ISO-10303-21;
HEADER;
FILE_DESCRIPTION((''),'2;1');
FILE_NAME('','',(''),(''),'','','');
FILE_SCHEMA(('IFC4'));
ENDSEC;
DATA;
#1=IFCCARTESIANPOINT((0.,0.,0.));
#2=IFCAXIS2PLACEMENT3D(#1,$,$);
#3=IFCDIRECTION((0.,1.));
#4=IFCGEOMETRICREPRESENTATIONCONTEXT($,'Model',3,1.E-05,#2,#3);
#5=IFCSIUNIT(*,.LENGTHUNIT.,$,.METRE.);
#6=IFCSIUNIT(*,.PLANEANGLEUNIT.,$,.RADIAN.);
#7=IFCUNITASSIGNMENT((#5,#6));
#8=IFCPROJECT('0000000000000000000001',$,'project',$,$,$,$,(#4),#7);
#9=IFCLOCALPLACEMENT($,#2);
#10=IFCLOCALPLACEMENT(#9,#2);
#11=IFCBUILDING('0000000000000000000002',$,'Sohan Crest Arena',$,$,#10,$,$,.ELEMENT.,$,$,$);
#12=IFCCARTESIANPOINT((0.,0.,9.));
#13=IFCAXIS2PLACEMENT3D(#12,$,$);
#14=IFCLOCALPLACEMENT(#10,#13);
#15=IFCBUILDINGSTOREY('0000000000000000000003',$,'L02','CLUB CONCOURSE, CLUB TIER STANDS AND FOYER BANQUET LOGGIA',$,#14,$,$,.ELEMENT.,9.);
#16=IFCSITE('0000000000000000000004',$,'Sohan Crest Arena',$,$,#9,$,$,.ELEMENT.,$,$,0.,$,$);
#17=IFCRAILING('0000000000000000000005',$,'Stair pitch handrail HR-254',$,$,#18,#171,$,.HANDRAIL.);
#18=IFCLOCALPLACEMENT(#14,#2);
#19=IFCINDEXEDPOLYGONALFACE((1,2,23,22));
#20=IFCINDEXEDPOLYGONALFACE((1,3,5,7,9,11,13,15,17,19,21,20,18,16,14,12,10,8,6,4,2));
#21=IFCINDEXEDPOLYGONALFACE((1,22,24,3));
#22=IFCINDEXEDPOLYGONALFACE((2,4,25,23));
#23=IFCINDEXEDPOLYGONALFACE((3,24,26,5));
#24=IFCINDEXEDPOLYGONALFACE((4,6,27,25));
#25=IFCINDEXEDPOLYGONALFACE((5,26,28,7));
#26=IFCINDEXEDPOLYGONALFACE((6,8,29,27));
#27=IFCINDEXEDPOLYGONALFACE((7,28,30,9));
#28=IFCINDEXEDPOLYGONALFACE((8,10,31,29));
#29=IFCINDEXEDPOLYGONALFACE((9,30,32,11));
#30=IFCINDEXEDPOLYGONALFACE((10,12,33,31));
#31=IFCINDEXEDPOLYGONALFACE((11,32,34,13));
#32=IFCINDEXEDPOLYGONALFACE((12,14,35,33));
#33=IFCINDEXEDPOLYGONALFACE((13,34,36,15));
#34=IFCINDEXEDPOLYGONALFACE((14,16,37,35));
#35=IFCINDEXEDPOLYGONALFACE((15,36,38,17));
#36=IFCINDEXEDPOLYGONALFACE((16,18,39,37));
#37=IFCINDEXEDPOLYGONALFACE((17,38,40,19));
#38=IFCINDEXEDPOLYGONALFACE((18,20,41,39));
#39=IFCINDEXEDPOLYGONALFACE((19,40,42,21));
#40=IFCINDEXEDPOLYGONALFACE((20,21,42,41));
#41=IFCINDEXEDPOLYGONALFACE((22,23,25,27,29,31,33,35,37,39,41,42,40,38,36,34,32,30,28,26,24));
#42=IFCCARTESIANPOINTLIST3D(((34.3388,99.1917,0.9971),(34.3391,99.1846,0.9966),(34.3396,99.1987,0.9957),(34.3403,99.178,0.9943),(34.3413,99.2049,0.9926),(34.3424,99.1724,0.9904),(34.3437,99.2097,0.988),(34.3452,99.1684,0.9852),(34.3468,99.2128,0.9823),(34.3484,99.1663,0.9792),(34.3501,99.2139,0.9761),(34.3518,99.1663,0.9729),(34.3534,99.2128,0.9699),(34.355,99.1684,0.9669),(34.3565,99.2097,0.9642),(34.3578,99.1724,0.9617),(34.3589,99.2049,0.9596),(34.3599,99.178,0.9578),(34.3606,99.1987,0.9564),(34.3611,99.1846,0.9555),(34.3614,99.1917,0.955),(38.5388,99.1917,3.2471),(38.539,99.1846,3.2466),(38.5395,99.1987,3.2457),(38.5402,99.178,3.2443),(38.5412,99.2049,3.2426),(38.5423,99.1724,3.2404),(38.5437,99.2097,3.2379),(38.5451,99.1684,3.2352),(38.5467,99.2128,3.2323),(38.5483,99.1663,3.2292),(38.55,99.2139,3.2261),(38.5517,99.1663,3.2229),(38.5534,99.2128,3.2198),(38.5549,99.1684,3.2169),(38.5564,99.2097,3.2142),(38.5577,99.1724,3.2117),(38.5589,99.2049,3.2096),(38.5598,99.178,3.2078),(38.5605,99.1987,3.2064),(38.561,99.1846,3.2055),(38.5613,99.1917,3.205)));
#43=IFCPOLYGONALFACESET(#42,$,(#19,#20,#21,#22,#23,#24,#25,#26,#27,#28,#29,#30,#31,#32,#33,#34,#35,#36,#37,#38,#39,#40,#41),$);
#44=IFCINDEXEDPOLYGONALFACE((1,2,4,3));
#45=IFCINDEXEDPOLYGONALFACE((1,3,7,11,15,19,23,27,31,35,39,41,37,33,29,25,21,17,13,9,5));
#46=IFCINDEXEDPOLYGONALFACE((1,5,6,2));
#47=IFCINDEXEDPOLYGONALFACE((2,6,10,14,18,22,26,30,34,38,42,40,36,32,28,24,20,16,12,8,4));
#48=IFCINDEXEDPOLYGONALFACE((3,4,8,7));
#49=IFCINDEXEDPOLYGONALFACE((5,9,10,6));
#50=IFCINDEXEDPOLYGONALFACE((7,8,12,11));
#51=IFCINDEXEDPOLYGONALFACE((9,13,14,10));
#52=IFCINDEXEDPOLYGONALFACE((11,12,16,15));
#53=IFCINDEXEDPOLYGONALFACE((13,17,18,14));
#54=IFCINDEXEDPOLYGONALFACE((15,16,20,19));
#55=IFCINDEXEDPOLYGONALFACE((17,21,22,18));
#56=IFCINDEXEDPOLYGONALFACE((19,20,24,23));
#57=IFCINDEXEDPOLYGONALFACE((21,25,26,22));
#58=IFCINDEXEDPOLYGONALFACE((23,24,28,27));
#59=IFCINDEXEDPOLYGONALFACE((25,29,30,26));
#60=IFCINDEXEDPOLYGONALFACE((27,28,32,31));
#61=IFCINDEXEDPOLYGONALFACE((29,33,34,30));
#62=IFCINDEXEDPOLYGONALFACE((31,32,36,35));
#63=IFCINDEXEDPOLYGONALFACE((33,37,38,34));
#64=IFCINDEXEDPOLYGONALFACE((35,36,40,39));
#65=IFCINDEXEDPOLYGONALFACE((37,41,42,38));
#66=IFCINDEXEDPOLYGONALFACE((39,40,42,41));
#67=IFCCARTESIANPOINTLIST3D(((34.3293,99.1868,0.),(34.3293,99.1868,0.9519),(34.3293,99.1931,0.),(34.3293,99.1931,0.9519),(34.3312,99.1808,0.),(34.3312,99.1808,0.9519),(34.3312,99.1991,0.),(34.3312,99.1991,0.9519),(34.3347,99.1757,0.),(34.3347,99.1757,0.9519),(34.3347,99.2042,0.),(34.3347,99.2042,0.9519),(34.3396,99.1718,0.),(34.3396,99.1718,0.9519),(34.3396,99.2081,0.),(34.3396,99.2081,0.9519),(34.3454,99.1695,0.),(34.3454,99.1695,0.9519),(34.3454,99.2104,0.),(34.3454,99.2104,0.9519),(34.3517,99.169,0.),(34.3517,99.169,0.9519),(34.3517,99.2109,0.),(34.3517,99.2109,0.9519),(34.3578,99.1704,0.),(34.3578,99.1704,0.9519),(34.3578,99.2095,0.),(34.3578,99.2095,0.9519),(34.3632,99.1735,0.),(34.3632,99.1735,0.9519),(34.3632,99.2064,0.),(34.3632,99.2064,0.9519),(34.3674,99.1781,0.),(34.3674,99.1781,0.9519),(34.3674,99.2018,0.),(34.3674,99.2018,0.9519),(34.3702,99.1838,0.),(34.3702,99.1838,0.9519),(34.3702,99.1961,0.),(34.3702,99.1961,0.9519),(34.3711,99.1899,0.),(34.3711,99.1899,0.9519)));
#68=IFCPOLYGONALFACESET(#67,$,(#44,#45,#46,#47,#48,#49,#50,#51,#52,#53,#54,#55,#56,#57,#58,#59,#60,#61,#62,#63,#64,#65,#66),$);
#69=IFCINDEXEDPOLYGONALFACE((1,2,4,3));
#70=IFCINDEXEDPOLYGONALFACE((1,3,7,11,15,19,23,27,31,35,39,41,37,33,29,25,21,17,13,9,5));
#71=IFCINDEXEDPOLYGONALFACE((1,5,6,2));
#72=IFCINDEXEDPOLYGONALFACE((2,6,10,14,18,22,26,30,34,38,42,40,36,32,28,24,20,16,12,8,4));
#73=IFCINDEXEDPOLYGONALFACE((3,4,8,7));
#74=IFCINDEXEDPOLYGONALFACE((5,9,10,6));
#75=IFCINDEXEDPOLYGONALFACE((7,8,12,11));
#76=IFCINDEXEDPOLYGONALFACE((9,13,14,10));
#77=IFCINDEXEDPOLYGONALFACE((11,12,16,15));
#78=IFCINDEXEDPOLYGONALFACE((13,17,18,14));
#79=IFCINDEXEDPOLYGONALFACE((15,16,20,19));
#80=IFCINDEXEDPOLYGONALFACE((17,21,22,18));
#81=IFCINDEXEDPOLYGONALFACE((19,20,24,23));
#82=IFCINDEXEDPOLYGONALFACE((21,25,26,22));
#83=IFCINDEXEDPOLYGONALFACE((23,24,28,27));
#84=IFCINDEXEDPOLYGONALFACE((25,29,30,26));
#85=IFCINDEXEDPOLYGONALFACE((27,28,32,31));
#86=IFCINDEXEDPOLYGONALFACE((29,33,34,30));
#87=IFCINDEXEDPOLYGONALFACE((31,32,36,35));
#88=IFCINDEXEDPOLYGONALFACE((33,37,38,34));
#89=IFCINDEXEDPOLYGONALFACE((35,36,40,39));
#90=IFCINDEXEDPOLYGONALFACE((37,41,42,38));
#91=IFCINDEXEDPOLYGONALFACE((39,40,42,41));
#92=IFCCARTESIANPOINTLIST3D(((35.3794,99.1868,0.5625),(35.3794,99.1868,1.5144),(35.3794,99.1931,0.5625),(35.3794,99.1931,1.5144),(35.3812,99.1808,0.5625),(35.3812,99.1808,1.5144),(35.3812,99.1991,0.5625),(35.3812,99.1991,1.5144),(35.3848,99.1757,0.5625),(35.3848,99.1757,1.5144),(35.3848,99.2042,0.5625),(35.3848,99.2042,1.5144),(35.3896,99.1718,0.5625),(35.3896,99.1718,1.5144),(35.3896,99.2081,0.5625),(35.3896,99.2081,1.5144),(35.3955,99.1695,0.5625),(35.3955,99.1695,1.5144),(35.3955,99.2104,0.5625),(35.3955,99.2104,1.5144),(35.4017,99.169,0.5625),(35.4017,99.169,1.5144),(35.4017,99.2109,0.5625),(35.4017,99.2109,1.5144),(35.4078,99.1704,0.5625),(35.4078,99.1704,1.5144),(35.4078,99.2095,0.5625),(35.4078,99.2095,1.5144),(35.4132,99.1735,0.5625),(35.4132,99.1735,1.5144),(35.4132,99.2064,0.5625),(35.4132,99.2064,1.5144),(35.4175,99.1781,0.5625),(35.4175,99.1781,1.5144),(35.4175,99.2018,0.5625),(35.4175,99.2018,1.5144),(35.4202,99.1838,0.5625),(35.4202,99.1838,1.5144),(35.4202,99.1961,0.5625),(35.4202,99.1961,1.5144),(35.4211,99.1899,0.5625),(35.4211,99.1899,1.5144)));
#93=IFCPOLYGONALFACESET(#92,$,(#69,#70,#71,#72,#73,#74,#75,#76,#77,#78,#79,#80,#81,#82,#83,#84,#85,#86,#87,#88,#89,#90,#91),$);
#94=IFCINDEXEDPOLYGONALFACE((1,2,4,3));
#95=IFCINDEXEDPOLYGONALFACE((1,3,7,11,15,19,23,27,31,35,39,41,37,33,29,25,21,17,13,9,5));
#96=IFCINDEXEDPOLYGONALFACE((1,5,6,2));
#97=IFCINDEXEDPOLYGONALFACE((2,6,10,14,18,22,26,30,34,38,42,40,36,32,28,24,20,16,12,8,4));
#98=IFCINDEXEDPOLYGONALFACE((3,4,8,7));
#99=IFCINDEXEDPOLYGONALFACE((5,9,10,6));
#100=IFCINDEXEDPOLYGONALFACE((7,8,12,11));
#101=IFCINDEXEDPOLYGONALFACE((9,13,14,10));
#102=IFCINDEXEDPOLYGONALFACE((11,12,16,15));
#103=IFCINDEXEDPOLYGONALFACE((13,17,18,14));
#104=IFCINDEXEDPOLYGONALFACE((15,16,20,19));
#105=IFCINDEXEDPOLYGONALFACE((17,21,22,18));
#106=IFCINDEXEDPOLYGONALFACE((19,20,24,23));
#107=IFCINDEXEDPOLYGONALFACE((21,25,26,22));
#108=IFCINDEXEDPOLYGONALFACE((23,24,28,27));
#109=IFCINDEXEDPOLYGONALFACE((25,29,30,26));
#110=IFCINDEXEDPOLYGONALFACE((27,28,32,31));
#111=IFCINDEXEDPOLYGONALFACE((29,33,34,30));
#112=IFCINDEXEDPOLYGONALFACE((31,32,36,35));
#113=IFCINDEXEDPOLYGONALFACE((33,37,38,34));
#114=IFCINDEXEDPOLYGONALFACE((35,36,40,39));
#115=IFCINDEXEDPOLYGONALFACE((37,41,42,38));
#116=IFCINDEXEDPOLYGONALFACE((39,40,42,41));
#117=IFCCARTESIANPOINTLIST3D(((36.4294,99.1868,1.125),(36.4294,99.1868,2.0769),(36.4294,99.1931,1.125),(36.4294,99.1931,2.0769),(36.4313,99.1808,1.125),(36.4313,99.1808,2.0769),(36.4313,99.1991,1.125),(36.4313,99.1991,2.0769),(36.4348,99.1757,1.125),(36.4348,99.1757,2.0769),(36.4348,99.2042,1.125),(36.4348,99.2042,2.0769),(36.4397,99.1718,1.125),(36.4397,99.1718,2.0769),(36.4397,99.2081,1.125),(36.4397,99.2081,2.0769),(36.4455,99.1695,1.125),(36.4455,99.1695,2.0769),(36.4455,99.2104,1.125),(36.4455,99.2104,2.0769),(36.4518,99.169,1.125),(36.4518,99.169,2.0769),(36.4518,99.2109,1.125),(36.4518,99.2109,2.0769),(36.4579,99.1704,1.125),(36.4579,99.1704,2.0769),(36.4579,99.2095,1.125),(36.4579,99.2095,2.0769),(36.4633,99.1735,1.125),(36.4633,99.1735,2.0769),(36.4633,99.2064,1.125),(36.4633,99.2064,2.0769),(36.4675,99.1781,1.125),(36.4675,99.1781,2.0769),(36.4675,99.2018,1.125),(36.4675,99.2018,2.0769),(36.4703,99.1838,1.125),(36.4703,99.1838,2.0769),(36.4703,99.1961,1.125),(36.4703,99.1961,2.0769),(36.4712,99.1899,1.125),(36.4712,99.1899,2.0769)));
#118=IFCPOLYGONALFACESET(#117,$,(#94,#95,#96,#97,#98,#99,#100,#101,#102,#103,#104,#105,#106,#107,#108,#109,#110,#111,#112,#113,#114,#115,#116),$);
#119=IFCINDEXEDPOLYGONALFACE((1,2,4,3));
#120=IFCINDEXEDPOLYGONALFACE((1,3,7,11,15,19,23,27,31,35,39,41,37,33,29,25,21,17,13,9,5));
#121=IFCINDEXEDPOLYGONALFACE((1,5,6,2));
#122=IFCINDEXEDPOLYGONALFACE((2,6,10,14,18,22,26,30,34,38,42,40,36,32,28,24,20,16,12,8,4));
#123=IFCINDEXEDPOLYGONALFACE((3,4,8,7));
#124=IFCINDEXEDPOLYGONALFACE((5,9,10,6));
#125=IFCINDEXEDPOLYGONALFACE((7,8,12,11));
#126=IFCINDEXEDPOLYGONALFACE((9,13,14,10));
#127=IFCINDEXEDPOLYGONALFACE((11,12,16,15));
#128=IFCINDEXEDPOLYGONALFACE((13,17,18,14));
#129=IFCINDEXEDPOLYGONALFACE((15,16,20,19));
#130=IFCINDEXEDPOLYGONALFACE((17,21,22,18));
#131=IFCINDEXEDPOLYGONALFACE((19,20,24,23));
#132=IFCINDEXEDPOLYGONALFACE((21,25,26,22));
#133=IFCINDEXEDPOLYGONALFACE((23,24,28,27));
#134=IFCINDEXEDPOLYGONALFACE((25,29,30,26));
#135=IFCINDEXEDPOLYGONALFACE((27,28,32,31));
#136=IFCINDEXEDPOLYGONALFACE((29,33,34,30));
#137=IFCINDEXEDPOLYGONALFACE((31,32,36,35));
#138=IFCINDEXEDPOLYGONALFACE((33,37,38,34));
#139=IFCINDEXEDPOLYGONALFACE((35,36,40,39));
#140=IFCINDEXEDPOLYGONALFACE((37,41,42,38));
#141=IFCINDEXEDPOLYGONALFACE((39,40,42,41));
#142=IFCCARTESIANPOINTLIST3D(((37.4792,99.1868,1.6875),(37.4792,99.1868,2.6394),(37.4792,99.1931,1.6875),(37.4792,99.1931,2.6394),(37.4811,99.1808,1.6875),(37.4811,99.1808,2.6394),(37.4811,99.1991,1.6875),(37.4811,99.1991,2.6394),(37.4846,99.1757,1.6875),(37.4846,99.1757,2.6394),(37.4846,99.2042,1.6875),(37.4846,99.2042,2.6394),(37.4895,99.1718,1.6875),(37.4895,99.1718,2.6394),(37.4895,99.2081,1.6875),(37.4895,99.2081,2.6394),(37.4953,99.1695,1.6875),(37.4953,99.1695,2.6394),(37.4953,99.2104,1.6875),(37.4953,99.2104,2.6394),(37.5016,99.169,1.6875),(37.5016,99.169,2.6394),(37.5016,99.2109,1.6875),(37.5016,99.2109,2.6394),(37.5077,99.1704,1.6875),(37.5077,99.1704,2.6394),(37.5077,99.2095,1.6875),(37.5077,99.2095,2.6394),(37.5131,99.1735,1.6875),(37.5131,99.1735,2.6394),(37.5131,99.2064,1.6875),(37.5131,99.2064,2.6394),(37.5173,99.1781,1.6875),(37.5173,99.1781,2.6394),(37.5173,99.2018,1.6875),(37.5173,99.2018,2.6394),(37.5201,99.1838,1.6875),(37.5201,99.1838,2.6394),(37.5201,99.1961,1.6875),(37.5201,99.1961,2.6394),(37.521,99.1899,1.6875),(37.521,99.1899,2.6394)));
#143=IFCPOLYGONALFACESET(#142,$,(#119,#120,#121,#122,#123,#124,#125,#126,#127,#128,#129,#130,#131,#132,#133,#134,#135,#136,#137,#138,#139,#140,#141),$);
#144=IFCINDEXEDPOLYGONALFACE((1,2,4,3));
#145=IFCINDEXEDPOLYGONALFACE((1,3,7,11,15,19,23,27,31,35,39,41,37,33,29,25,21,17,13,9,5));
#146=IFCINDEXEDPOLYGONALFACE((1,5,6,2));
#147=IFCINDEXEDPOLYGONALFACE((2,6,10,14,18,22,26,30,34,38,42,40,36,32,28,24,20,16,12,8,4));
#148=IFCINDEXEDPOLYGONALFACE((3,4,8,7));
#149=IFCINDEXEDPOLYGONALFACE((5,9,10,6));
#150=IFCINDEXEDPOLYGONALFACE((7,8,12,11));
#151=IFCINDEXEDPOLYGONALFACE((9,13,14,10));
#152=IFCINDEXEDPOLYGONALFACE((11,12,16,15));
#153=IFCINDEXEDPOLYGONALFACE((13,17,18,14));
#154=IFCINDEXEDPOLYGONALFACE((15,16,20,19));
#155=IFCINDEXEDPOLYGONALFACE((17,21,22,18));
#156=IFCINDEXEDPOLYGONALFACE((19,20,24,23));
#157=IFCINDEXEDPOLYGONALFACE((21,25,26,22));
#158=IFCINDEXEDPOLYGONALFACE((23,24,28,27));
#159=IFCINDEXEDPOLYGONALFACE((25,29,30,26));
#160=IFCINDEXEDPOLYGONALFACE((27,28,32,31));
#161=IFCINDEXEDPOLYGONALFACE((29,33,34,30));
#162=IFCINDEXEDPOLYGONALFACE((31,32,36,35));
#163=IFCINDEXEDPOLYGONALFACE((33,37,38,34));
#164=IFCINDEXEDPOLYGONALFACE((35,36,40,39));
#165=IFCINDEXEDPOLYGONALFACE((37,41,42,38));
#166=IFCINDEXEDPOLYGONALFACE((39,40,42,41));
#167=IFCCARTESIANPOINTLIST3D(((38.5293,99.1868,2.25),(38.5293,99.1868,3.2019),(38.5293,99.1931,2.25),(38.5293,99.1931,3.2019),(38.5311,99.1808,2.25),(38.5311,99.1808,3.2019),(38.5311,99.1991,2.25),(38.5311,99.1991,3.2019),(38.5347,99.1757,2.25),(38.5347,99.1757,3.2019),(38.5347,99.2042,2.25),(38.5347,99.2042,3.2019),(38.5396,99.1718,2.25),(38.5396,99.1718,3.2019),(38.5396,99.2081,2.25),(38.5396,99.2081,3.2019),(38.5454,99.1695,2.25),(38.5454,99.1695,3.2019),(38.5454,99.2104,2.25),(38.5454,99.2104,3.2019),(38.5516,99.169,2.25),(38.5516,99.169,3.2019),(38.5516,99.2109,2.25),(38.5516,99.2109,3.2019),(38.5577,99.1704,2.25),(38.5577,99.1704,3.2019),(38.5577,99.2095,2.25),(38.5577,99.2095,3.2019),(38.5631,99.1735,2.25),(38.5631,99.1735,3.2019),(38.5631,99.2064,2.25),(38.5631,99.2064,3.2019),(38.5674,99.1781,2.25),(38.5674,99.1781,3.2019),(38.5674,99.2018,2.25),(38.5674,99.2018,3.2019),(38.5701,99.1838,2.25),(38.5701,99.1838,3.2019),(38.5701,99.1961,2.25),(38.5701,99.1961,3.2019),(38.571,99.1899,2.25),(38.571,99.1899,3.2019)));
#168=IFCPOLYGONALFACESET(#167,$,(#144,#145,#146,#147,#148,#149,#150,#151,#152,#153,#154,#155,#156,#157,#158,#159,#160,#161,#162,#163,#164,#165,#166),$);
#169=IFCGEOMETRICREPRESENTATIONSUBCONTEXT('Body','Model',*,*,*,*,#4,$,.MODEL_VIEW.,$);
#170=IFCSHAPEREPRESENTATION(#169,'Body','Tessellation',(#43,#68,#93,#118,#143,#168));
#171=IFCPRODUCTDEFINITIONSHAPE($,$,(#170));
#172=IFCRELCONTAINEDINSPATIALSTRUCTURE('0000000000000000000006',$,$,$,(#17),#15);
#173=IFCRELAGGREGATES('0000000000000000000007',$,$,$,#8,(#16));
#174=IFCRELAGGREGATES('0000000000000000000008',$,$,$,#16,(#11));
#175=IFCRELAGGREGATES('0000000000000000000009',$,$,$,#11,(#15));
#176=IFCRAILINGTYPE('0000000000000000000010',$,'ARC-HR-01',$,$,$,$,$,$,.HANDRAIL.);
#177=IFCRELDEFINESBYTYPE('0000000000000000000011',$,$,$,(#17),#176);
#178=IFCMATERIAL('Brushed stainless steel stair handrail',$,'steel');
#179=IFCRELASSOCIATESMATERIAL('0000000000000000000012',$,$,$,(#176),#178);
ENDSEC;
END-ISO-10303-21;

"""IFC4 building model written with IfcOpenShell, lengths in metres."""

from ifc_helpers import new_model, si_unit, direction, frame, origin, origin_2d, place, context, subcontext, project, spatial, circle, extrude, material, type_object, element, save


model = new_model("IFC4")

# Units and contexts
model_context = context("Model", 3, precision=1e-05, world=origin(), true_north=direction((0.0, 1.0)))
body_context = subcontext(model_context, "Body", "Model", "MODEL_VIEW")
ifc_project = project(units=[si_unit("LENGTHUNIT", "METRE"), si_unit("PLANEANGLEUNIT", "RADIAN")], contexts=[model_context])

# Site, building, storey
site_placement = place(None, origin())
site = spatial("IfcSite", under=ifc_project, at=site_placement, Name="Sohan Crest Arena", CompositionType="ELEMENT", RefElevation=0.0)
building_placement = place(site_placement, origin())
building = spatial("IfcBuilding", under=site, at=building_placement, Name="Sohan Crest Arena", CompositionType="ELEMENT")
storey_placement = place(building_placement, frame((0.0, 0.0, 9.0)))
storey = spatial("IfcBuildingStorey", under=building, at=storey_placement, Name="L02", Description="CLUB CONCOURSE, CLUB TIER STANDS AND FOYER BANQUET LOGGIA", CompositionType="ELEMENT", Elevation=9.0)

# Railing
ifc_material_1 = material(Name="Brushed stainless steel stair handrail", Category="steel")
railing_type_1 = type_object("IfcRailingType", Name="ARC-HR-01", PredefinedType="HANDRAIL", material=ifc_material_1)
for number, where, name in (
    (1, (34.3501, 99.1899, 0.0), "Stair pitch handrail HR-254"),
):
    element("IfcRailing", number, at=place(storey_placement, frame(where)), inside=storey, type_object=railing_type_1, Name=name, PredefinedType="HANDRAIL", context=body_context, shape_type="SweptSolid", body=[
        extrude(circle(Radius=0.0239, at=origin_2d()), frame((0.0, 0.0, 0.9761), z_axis=(0.881478, 0.0, 0.472226), x_axis=(0.0, 1.0, 0.0)), (0.0, 0.0, 1.0), 4.7646),
        extrude(circle(Radius=0.021, at=origin_2d()), origin(), (0.0, 0.0, 1.0), 0.9519),
        extrude(circle(Radius=0.021, at=origin_2d()), frame((1.05, 0.0, 0.5625)), (0.0, 0.0, 1.0), 0.9519),
        extrude(circle(Radius=0.021, at=origin_2d()), frame((2.1001, 0.0, 1.125)), (0.0, 0.0, 1.0), 0.9519),
        extrude(circle(Radius=0.021, at=origin_2d()), frame((3.1499, 0.0, 1.6875)), (0.0, 0.0, 1.0), 0.9519),
        extrude(circle(Radius=0.021, at=origin_2d()), frame((4.2, 0.0, 2.25)), (0.0, 0.0, 1.0), 0.9519),
    ])

save(model, "model.ifc")
